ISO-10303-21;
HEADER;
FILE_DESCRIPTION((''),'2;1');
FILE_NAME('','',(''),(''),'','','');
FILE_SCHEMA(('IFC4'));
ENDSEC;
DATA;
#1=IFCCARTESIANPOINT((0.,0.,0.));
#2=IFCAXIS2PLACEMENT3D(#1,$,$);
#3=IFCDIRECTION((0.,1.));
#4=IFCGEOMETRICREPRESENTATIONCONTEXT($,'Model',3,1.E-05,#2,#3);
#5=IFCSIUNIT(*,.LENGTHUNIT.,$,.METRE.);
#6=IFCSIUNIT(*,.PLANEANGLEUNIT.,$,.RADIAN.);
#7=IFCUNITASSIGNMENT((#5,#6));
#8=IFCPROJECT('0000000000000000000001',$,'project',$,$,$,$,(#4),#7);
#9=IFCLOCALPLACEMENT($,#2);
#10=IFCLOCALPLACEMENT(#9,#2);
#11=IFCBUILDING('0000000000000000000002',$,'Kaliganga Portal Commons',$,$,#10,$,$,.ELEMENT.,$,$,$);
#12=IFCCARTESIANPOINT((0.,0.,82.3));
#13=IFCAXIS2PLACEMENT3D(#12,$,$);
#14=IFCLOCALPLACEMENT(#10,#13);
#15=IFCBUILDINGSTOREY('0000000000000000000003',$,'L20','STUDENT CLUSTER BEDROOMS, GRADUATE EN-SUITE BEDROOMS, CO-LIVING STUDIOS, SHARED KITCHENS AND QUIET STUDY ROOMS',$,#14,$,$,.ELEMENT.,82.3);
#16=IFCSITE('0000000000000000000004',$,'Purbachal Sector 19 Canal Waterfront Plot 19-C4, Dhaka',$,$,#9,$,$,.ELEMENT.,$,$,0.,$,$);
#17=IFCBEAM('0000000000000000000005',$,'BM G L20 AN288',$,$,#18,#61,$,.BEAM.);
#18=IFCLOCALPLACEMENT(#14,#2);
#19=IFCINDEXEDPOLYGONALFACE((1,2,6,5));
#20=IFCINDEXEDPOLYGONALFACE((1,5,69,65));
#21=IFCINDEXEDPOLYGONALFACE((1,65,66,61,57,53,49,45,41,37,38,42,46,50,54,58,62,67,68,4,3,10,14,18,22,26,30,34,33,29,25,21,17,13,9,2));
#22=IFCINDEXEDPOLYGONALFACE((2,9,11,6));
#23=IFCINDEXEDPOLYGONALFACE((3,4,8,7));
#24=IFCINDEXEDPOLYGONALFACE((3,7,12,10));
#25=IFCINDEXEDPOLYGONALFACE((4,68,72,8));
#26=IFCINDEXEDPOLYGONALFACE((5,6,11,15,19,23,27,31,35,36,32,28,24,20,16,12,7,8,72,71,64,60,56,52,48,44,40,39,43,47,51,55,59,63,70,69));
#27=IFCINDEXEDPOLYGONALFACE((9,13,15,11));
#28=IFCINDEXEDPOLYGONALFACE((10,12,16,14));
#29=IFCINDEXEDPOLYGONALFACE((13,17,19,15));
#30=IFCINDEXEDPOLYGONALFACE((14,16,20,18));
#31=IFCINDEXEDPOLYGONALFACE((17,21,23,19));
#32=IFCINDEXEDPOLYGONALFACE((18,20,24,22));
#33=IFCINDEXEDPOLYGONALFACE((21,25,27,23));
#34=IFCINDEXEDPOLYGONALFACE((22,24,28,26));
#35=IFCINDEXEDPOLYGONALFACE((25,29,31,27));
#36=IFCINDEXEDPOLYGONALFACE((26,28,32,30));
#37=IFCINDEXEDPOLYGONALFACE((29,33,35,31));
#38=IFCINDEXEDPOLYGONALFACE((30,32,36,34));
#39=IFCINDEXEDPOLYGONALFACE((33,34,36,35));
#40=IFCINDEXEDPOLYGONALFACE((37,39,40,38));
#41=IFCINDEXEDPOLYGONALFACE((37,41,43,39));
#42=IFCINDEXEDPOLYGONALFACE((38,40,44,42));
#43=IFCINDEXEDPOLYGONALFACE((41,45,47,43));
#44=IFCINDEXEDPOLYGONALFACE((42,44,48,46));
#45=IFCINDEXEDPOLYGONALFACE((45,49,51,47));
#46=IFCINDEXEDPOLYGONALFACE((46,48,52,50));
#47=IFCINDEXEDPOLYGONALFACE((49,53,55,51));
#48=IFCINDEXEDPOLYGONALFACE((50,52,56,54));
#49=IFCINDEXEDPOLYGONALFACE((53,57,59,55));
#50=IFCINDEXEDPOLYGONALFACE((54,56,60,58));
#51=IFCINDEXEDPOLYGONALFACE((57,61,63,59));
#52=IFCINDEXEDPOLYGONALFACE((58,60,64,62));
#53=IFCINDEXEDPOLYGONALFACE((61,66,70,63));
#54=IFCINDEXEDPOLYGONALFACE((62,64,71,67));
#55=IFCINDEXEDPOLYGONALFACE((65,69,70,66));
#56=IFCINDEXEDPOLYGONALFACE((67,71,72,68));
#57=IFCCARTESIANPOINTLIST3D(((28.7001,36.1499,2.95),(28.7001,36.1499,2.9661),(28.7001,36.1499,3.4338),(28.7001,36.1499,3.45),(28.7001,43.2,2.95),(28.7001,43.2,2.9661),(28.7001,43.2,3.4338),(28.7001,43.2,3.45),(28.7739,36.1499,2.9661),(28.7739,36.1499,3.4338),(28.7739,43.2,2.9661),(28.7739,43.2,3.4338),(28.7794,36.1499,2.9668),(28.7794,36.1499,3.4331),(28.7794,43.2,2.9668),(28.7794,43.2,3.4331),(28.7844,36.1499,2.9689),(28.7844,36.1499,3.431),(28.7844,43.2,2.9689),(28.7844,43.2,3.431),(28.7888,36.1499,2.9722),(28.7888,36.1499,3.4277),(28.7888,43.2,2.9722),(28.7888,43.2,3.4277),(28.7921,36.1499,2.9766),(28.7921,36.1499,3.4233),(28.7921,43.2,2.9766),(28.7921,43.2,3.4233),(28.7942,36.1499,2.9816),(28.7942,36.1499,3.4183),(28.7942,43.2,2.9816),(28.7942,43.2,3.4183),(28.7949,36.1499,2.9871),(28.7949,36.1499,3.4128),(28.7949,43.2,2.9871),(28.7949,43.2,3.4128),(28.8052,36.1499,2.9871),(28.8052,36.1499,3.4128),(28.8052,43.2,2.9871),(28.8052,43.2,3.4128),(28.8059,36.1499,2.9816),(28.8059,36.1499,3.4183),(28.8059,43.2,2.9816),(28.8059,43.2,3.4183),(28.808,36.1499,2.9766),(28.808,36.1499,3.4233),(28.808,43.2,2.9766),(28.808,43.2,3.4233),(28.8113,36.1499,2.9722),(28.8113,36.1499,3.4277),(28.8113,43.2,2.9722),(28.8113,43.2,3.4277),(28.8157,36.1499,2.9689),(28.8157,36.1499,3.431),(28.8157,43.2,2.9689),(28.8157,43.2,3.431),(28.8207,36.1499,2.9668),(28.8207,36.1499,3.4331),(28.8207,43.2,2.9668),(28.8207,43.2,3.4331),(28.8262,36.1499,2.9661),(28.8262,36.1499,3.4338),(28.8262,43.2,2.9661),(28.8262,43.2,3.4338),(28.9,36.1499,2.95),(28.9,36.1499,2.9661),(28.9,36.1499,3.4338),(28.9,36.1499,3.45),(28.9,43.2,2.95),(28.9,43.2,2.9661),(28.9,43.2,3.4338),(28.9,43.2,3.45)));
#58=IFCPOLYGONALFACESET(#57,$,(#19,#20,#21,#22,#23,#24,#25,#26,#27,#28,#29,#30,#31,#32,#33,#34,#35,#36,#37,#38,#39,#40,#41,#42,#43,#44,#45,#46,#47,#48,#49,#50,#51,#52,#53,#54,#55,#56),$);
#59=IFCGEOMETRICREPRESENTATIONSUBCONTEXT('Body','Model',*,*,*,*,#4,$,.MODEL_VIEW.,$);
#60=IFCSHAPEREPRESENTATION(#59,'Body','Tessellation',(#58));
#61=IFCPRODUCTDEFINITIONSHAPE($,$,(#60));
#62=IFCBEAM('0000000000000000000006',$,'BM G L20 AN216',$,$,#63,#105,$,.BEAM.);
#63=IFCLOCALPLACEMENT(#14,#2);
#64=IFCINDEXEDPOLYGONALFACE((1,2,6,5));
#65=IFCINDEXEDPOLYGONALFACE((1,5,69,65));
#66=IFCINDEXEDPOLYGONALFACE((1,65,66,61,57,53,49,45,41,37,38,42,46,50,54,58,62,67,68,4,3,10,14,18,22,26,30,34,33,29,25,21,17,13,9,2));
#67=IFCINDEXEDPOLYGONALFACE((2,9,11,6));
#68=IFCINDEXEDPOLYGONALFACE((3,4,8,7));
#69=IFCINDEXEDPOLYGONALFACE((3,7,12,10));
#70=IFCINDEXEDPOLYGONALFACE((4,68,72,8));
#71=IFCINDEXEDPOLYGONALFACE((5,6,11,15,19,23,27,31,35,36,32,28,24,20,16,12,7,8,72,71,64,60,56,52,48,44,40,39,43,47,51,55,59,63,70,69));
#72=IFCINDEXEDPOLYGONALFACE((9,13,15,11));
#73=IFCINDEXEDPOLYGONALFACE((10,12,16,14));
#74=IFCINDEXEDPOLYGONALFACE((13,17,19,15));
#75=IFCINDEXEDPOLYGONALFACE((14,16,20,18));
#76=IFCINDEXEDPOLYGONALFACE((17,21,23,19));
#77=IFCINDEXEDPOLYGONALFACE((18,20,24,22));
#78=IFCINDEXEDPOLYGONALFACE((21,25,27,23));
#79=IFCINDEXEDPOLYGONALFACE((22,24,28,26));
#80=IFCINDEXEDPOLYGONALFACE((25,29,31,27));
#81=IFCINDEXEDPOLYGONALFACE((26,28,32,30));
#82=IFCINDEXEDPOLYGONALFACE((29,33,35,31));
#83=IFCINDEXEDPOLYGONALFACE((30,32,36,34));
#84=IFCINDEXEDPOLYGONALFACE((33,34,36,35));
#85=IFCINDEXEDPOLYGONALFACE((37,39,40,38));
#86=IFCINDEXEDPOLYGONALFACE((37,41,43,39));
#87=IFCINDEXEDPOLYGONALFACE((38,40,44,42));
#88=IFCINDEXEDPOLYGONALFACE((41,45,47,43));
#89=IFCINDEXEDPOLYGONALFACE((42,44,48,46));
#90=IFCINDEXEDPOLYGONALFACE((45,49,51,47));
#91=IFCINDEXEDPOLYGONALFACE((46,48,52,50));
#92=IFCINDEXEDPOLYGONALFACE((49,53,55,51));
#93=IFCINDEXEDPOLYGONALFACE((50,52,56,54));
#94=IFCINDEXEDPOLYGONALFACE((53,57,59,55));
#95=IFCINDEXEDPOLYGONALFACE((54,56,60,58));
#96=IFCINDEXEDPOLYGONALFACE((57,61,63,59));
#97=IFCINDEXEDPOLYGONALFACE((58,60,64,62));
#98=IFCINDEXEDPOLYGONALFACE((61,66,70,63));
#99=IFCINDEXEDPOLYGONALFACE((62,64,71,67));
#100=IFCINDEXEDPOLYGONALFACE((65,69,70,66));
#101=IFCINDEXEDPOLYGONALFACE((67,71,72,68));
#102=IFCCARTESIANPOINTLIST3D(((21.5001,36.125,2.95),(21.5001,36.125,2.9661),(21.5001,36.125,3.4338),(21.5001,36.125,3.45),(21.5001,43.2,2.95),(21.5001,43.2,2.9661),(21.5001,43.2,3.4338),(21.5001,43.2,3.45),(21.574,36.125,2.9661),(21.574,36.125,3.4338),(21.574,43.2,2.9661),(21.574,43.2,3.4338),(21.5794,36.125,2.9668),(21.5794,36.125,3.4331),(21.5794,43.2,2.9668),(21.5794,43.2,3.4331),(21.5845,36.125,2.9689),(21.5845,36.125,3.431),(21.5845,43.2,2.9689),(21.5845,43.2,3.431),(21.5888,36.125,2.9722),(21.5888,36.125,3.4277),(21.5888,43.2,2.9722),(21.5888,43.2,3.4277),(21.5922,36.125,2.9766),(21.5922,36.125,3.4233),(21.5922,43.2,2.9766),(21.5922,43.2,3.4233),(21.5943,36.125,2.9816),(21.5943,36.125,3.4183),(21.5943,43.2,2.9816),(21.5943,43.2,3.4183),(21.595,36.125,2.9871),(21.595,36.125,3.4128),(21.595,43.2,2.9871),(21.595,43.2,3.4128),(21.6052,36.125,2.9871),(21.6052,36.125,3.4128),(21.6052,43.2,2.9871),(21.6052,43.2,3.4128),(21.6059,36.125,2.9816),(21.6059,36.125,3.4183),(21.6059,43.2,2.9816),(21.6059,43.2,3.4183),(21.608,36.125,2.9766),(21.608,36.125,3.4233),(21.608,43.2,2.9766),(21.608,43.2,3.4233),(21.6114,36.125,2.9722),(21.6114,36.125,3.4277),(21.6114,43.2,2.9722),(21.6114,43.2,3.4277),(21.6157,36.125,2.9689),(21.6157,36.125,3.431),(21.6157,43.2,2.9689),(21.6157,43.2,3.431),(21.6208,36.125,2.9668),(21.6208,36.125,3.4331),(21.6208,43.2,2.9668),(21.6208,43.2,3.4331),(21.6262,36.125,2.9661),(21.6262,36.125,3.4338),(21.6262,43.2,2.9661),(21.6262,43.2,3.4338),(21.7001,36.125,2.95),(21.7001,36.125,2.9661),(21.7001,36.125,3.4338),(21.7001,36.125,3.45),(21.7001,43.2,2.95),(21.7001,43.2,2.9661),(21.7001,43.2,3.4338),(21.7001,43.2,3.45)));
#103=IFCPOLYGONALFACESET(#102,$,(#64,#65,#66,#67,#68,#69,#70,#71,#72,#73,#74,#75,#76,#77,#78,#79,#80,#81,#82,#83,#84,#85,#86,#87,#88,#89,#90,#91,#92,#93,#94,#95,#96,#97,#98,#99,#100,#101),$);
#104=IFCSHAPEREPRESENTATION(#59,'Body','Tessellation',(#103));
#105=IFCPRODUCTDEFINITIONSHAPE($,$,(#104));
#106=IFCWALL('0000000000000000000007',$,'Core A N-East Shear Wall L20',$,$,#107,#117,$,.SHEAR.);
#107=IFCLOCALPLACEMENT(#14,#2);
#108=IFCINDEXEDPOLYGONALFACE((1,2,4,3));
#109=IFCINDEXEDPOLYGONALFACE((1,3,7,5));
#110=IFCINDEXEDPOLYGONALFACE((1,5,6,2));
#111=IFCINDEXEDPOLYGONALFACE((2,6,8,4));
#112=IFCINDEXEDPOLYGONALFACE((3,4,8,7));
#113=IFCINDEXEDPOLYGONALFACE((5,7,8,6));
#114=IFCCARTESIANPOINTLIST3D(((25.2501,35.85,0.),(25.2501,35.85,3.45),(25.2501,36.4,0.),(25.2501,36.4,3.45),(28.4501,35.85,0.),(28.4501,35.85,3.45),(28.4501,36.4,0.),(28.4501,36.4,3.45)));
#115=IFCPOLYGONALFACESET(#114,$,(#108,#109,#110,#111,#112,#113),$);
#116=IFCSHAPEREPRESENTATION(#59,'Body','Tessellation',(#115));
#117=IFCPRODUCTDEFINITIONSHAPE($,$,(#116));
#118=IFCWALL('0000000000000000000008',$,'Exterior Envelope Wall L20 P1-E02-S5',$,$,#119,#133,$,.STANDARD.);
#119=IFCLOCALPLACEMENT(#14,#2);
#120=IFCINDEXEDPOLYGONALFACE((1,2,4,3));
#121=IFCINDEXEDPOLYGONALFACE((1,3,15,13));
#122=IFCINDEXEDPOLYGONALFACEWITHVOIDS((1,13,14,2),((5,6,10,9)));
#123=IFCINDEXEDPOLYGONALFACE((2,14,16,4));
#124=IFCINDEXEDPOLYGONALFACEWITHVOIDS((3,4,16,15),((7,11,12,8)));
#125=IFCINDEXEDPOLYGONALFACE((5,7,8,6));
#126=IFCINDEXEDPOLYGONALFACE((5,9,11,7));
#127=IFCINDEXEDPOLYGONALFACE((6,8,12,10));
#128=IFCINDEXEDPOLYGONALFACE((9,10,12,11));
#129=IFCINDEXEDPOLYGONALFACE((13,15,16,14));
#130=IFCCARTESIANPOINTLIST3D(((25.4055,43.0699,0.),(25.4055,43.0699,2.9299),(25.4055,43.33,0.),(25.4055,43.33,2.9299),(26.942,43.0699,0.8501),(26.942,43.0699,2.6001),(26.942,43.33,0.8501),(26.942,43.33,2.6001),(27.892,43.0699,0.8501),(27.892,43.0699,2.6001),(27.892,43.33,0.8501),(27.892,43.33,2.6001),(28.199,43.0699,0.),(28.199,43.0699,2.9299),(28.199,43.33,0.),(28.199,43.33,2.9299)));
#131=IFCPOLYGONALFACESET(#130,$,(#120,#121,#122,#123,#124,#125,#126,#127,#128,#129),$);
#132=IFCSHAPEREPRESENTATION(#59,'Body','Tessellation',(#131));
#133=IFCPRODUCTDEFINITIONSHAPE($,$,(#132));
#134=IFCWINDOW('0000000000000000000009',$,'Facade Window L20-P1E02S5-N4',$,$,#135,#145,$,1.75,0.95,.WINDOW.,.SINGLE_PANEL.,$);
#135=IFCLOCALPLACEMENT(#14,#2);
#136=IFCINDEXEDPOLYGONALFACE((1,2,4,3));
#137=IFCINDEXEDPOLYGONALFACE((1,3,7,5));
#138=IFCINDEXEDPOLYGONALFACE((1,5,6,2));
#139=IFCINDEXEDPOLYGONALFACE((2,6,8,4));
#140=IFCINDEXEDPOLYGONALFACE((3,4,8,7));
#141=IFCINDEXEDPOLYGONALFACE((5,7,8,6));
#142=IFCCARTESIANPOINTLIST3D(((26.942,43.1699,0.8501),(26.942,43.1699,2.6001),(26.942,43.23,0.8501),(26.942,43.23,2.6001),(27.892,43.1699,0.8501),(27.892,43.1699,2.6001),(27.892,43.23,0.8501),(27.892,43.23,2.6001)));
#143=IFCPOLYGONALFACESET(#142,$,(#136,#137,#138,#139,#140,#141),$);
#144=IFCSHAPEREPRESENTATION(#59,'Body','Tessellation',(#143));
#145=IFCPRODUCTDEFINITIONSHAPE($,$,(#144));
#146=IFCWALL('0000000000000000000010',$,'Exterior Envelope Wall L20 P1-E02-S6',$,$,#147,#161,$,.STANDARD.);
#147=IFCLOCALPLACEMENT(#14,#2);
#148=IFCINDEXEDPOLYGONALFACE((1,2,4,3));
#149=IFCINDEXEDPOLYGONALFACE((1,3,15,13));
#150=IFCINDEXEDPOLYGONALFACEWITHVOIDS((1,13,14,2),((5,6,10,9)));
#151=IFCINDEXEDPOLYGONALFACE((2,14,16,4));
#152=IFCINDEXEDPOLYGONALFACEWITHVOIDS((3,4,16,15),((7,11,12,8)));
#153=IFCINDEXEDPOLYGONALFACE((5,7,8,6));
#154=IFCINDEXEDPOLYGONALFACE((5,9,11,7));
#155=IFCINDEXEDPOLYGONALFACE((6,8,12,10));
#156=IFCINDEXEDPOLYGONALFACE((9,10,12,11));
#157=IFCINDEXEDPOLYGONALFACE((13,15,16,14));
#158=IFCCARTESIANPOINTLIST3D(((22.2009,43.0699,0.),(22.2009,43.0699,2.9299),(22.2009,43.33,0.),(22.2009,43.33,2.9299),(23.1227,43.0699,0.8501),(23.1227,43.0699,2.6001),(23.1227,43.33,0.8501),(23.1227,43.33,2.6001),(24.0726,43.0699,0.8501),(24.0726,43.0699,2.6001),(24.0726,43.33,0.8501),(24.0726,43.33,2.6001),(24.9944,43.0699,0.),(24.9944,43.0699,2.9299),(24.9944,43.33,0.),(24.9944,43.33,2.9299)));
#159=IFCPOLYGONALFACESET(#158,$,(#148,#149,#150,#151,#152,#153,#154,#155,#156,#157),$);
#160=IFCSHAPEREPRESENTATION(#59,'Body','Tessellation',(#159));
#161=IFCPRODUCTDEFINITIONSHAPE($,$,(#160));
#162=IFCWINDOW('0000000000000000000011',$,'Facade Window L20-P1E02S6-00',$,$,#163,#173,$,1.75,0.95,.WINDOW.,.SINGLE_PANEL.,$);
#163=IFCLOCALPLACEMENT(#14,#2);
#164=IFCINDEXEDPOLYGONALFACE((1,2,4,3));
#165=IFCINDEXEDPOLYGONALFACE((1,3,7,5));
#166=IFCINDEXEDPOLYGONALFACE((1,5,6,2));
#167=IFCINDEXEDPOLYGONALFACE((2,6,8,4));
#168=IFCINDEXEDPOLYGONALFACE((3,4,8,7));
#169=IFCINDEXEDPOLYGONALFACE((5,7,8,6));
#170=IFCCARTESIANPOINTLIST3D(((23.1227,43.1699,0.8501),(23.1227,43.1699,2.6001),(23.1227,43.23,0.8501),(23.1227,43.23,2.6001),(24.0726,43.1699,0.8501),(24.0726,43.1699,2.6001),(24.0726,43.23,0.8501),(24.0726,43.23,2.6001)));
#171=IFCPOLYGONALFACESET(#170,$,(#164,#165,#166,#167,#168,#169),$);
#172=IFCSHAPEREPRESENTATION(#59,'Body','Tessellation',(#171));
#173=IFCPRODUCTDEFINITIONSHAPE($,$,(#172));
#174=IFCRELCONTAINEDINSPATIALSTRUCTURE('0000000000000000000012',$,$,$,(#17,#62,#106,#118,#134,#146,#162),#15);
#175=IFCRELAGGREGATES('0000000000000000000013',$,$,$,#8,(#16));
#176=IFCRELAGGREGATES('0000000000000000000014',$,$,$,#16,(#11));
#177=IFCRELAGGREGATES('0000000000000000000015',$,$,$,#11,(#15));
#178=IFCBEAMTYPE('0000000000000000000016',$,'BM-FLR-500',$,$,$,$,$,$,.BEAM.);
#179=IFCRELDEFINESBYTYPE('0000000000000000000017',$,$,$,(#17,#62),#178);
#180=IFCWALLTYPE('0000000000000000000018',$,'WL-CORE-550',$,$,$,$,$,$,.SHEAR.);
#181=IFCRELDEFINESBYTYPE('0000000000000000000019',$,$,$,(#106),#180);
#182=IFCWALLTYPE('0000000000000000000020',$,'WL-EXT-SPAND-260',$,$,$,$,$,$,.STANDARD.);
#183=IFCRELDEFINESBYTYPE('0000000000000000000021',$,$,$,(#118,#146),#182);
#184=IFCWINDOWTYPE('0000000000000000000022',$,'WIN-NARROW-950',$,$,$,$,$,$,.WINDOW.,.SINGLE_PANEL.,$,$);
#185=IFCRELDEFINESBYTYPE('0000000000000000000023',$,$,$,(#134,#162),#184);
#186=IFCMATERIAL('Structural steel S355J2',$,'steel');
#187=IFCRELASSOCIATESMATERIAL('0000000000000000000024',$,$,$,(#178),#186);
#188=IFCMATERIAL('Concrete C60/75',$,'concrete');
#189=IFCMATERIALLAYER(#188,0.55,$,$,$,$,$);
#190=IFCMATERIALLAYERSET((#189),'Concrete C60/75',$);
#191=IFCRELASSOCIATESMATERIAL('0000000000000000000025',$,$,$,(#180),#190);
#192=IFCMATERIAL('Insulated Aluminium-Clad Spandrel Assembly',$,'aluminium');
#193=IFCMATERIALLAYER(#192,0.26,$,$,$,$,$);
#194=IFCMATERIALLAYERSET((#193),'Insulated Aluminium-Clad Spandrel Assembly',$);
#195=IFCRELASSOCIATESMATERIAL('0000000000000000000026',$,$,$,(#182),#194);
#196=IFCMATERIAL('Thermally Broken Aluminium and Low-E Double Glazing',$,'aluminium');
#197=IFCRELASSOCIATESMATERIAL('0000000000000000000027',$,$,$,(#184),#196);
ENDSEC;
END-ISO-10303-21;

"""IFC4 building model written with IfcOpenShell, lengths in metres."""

from ifc_helpers import new_model, si_unit, direction, frame, frame_2d, origin, origin_2d, place, context, subcontext, project, spatial, rectangle, i_section, extrude, source, transform, mapped, material, layer, layer_set, material_profile, profile_set, type_object, element, fill, save


model = new_model("IFC4")

# Units and contexts
model_context = context("Model", 3, precision=1e-05, world=origin(), true_north=direction((0.0, 1.0)))
body_context = subcontext(model_context, "Body", "Model", "MODEL_VIEW")
ifc_project = project(units=[si_unit("LENGTHUNIT", "METRE"), si_unit("PLANEANGLEUNIT", "RADIAN")], contexts=[model_context])

# Site, building, storey
site_placement = place(None, origin())
site = spatial("IfcSite", under=ifc_project, at=site_placement, Name="Purbachal Sector 19 Canal Waterfront Plot 19-C4, Dhaka", CompositionType="ELEMENT", RefElevation=0.0)
building_placement = place(site_placement, origin())
building = spatial("IfcBuilding", under=site, at=building_placement, Name="Kaliganga Portal Commons", CompositionType="ELEMENT")
storey_placement = place(building_placement, frame((0.0, 0.0, 82.3)))
storey = spatial("IfcBuildingStorey", under=building, at=storey_placement, Name="L20", Description="STUDENT CLUSTER BEDROOMS, GRADUATE EN-SUITE BEDROOMS, CO-LIVING STUDIOS, SHARED KITCHENS AND QUIET STUDY ROOMS", CompositionType="ELEMENT", Elevation=82.3)

# Shared definitions
ifc_material_1 = material(Name="Concrete C60/75", Category="concrete")

# Beams
ifc_material_2 = material(Name="Structural steel S355J2", Category="steel")
ifc_material_profile_1 = material_profile(ifc_material_2, i_section(OverallWidth=0.2, OverallDepth=0.5, WebThickness=0.0103, FlangeThickness=0.0161, FilletRadius=0.021, at=origin_2d()), Name="IPE 500")
ifc_profile_set_1 = profile_set([ifc_material_profile_1], Name="Structural steel S355J2 wide-flange")
beam_type_1 = type_object("IfcBeamType", Name="BM-FLR-500", PredefinedType="BEAM", material=ifc_profile_set_1)
shared_shape_1 = source(origin(), body_context, "Body", "SweptSolid", [
    extrude(i_section(OverallWidth=0.2, OverallDepth=0.5, WebThickness=0.0103, FlangeThickness=0.0161, FilletRadius=0.021, at=origin_2d()), origin(), (0.0, 0.0, 1.0), 7.05),
])
beam_1_placement = place(storey_placement, frame((28.8, 36.1499, 3.2), z_axis=(0.0, 1.0, 0.0), x_axis=(-1.0, 0.0, 0.0)))
element("IfcBeam", 1, at=beam_1_placement, inside=storey, type_object=beam_type_1, Name="BM G L20 AN288", PredefinedType="BEAM", context=body_context, shape_type="MappedRepresentation", body=[
    mapped(shared_shape_1, transform((0.0, 0.0, 0.0), x_axis=(1.0, 0.0, 0.0), y_axis=(0.0, 1.0, 0.0), z_axis=(0.0, 0.0, 1.0), scale=1.0)),
])
shared_shape_2 = source(origin(), body_context, "Body", "SweptSolid", [
    extrude(i_section(OverallWidth=0.2, OverallDepth=0.5, WebThickness=0.0103, FlangeThickness=0.0161, FilletRadius=0.021, at=origin_2d()), origin(), (0.0, 0.0, 1.0), 7.075),
])
beam_2_placement = place(storey_placement, frame((21.6001, 36.125, 3.2), z_axis=(0.0, 1.0, 0.0), x_axis=(-1.0, 0.0, 0.0)))
element("IfcBeam", 2, at=beam_2_placement, inside=storey, type_object=beam_type_1, Name="BM G L20 AN216", PredefinedType="BEAM", context=body_context, shape_type="MappedRepresentation", body=[
    mapped(shared_shape_2, transform((0.0, 0.0, 0.0), x_axis=(1.0, 0.0, 0.0), y_axis=(0.0, 1.0, 0.0), z_axis=(0.0, 0.0, 1.0), scale=1.0)),
])

# Wall
ifc_layer_1 = layer(ifc_material_1, 0.55)
ifc_layer_set_1 = layer_set([ifc_layer_1], Name="Concrete C60/75")
wall_type_1 = type_object("IfcWallType", Name="WL-CORE-550", PredefinedType="SHEAR", material=ifc_layer_set_1)
wall_1_placement = place(storey_placement, frame((25.25, 36.125, 0.0), z_axis=(0.0, 0.0, 1.0), x_axis=(1.0, 0.0, 0.0)))
element("IfcWall", 3, at=wall_1_placement, inside=storey, type_object=wall_type_1, Name="Core A N-East Shear Wall L20", PredefinedType="SHEAR", context=body_context, shape_type="SweptSolid", body=[
    extrude(rectangle(XDim=3.2, YDim=0.55, at=frame_2d((1.6001, 0.0))), origin(), (0.0, 0.0, 1.0), 3.45),
])

# Walls, openings, windows
ifc_material_3 = material(Name="Insulated Aluminium-Clad Spandrel Assembly", Category="aluminium")
ifc_layer_2 = layer(ifc_material_3, 0.26)
ifc_layer_set_2 = layer_set([ifc_layer_2], Name="Insulated Aluminium-Clad Spandrel Assembly")
wall_type_2 = type_object("IfcWallType", Name="WL-EXT-SPAND-260", PredefinedType="STANDARD", material=ifc_layer_set_2)
wall_2_placement = place(storey_placement, frame((25.4055, 43.2, 0.0), z_axis=(0.0, 0.0, 1.0), x_axis=(1.0, 0.0, 0.0)))
wall_2 = element("IfcWall", 4, at=wall_2_placement, inside=storey, type_object=wall_type_2, Name="Exterior Envelope Wall L20 P1-E02-S5", PredefinedType="STANDARD", context=body_context, shape_type="SweptSolid", body=[
    extrude(rectangle(XDim=2.7935, YDim=0.26, at=frame_2d((1.3967, 0.0))), origin(), (0.0, 0.0, 1.0), 2.9299),
])
opening_1_placement = place(wall_2_placement, frame((1.5364, 0.0, 0.8501)))
opening_1 = element("IfcOpeningElement", 5, at=opening_1_placement, cuts=wall_2, PredefinedType="OPENING", context=body_context, shape_type="SweptSolid", body=[
    extrude(rectangle(XDim=0.95, YDim=1.75, at=frame_2d((0.4751, 0.875))), frame((0.0, 0.1401, 0.0), z_axis=(0.0, -1.0, 0.0), x_axis=(1.0, 0.0, 0.0)), (0.0, 0.0, 1.0), 0.28),
])
ifc_material_4 = material(Name="Thermally Broken Aluminium and Low-E Double Glazing", Category="aluminium")
window_type = type_object("IfcWindowType", Name="WIN-NARROW-950", PartitioningType="SINGLE_PANEL", PredefinedType="WINDOW", material=ifc_material_4)
window_1_placement = place(opening_1_placement, origin())
window_1 = element("IfcWindow", 6, at=window_1_placement, inside=storey, type_object=window_type, Name="Facade Window L20-P1E02S5-N4", OverallHeight=1.75, OverallWidth=0.95, PartitioningType="SINGLE_PANEL", PredefinedType="WINDOW", context=body_context, shape_type="SweptSolid", body=[
    extrude(rectangle(XDim=0.95, YDim=1.75, at=frame_2d((0.4751, 0.875))), frame((0.0, 0.03, 0.0), z_axis=(0.0, -1.0, 0.0), x_axis=(1.0, 0.0, 0.0)), (0.0, 0.0, 1.0), 0.0601),
])
fill(opening_1, window_1)
wall_3_placement = place(storey_placement, frame((22.2009, 43.2, 0.0), z_axis=(0.0, 0.0, 1.0), x_axis=(1.0, 0.0, 0.0)))
wall_3 = element("IfcWall", 7, at=wall_3_placement, inside=storey, type_object=wall_type_2, Name="Exterior Envelope Wall L20 P1-E02-S6", PredefinedType="STANDARD", context=body_context, shape_type="SweptSolid", body=[
    extrude(rectangle(XDim=2.7935, YDim=0.26, at=frame_2d((1.3967, 0.0))), origin(), (0.0, 0.0, 1.0), 2.9299),
])
opening_2_placement = place(wall_3_placement, frame((0.9216, 0.0, 0.8501)))
opening_2 = element("IfcOpeningElement", 8, at=opening_2_placement, cuts=wall_3, PredefinedType="OPENING", context=body_context, shape_type="SweptSolid", body=[
    extrude(rectangle(XDim=0.95, YDim=1.75, at=frame_2d((0.4751, 0.875))), frame((0.0, 0.1401, 0.0), z_axis=(0.0, -1.0, 0.0), x_axis=(1.0, 0.0, 0.0)), (0.0, 0.0, 1.0), 0.28),
])
window_2_placement = place(opening_2_placement, origin())
window_2 = element("IfcWindow", 9, at=window_2_placement, inside=storey, type_object=window_type, Name="Facade Window L20-P1E02S6-00", OverallHeight=1.75, OverallWidth=0.95, PartitioningType="SINGLE_PANEL", PredefinedType="WINDOW", context=body_context, shape_type="SweptSolid", body=[
    extrude(rectangle(XDim=0.95, YDim=1.75, at=frame_2d((0.4751, 0.875))), frame((0.0, 0.03, 0.0), z_axis=(0.0, -1.0, 0.0), x_axis=(1.0, 0.0, 0.0)), (0.0, 0.0, 1.0), 0.0601),
])
fill(opening_2, window_2)

save(model, "model.ifc")
